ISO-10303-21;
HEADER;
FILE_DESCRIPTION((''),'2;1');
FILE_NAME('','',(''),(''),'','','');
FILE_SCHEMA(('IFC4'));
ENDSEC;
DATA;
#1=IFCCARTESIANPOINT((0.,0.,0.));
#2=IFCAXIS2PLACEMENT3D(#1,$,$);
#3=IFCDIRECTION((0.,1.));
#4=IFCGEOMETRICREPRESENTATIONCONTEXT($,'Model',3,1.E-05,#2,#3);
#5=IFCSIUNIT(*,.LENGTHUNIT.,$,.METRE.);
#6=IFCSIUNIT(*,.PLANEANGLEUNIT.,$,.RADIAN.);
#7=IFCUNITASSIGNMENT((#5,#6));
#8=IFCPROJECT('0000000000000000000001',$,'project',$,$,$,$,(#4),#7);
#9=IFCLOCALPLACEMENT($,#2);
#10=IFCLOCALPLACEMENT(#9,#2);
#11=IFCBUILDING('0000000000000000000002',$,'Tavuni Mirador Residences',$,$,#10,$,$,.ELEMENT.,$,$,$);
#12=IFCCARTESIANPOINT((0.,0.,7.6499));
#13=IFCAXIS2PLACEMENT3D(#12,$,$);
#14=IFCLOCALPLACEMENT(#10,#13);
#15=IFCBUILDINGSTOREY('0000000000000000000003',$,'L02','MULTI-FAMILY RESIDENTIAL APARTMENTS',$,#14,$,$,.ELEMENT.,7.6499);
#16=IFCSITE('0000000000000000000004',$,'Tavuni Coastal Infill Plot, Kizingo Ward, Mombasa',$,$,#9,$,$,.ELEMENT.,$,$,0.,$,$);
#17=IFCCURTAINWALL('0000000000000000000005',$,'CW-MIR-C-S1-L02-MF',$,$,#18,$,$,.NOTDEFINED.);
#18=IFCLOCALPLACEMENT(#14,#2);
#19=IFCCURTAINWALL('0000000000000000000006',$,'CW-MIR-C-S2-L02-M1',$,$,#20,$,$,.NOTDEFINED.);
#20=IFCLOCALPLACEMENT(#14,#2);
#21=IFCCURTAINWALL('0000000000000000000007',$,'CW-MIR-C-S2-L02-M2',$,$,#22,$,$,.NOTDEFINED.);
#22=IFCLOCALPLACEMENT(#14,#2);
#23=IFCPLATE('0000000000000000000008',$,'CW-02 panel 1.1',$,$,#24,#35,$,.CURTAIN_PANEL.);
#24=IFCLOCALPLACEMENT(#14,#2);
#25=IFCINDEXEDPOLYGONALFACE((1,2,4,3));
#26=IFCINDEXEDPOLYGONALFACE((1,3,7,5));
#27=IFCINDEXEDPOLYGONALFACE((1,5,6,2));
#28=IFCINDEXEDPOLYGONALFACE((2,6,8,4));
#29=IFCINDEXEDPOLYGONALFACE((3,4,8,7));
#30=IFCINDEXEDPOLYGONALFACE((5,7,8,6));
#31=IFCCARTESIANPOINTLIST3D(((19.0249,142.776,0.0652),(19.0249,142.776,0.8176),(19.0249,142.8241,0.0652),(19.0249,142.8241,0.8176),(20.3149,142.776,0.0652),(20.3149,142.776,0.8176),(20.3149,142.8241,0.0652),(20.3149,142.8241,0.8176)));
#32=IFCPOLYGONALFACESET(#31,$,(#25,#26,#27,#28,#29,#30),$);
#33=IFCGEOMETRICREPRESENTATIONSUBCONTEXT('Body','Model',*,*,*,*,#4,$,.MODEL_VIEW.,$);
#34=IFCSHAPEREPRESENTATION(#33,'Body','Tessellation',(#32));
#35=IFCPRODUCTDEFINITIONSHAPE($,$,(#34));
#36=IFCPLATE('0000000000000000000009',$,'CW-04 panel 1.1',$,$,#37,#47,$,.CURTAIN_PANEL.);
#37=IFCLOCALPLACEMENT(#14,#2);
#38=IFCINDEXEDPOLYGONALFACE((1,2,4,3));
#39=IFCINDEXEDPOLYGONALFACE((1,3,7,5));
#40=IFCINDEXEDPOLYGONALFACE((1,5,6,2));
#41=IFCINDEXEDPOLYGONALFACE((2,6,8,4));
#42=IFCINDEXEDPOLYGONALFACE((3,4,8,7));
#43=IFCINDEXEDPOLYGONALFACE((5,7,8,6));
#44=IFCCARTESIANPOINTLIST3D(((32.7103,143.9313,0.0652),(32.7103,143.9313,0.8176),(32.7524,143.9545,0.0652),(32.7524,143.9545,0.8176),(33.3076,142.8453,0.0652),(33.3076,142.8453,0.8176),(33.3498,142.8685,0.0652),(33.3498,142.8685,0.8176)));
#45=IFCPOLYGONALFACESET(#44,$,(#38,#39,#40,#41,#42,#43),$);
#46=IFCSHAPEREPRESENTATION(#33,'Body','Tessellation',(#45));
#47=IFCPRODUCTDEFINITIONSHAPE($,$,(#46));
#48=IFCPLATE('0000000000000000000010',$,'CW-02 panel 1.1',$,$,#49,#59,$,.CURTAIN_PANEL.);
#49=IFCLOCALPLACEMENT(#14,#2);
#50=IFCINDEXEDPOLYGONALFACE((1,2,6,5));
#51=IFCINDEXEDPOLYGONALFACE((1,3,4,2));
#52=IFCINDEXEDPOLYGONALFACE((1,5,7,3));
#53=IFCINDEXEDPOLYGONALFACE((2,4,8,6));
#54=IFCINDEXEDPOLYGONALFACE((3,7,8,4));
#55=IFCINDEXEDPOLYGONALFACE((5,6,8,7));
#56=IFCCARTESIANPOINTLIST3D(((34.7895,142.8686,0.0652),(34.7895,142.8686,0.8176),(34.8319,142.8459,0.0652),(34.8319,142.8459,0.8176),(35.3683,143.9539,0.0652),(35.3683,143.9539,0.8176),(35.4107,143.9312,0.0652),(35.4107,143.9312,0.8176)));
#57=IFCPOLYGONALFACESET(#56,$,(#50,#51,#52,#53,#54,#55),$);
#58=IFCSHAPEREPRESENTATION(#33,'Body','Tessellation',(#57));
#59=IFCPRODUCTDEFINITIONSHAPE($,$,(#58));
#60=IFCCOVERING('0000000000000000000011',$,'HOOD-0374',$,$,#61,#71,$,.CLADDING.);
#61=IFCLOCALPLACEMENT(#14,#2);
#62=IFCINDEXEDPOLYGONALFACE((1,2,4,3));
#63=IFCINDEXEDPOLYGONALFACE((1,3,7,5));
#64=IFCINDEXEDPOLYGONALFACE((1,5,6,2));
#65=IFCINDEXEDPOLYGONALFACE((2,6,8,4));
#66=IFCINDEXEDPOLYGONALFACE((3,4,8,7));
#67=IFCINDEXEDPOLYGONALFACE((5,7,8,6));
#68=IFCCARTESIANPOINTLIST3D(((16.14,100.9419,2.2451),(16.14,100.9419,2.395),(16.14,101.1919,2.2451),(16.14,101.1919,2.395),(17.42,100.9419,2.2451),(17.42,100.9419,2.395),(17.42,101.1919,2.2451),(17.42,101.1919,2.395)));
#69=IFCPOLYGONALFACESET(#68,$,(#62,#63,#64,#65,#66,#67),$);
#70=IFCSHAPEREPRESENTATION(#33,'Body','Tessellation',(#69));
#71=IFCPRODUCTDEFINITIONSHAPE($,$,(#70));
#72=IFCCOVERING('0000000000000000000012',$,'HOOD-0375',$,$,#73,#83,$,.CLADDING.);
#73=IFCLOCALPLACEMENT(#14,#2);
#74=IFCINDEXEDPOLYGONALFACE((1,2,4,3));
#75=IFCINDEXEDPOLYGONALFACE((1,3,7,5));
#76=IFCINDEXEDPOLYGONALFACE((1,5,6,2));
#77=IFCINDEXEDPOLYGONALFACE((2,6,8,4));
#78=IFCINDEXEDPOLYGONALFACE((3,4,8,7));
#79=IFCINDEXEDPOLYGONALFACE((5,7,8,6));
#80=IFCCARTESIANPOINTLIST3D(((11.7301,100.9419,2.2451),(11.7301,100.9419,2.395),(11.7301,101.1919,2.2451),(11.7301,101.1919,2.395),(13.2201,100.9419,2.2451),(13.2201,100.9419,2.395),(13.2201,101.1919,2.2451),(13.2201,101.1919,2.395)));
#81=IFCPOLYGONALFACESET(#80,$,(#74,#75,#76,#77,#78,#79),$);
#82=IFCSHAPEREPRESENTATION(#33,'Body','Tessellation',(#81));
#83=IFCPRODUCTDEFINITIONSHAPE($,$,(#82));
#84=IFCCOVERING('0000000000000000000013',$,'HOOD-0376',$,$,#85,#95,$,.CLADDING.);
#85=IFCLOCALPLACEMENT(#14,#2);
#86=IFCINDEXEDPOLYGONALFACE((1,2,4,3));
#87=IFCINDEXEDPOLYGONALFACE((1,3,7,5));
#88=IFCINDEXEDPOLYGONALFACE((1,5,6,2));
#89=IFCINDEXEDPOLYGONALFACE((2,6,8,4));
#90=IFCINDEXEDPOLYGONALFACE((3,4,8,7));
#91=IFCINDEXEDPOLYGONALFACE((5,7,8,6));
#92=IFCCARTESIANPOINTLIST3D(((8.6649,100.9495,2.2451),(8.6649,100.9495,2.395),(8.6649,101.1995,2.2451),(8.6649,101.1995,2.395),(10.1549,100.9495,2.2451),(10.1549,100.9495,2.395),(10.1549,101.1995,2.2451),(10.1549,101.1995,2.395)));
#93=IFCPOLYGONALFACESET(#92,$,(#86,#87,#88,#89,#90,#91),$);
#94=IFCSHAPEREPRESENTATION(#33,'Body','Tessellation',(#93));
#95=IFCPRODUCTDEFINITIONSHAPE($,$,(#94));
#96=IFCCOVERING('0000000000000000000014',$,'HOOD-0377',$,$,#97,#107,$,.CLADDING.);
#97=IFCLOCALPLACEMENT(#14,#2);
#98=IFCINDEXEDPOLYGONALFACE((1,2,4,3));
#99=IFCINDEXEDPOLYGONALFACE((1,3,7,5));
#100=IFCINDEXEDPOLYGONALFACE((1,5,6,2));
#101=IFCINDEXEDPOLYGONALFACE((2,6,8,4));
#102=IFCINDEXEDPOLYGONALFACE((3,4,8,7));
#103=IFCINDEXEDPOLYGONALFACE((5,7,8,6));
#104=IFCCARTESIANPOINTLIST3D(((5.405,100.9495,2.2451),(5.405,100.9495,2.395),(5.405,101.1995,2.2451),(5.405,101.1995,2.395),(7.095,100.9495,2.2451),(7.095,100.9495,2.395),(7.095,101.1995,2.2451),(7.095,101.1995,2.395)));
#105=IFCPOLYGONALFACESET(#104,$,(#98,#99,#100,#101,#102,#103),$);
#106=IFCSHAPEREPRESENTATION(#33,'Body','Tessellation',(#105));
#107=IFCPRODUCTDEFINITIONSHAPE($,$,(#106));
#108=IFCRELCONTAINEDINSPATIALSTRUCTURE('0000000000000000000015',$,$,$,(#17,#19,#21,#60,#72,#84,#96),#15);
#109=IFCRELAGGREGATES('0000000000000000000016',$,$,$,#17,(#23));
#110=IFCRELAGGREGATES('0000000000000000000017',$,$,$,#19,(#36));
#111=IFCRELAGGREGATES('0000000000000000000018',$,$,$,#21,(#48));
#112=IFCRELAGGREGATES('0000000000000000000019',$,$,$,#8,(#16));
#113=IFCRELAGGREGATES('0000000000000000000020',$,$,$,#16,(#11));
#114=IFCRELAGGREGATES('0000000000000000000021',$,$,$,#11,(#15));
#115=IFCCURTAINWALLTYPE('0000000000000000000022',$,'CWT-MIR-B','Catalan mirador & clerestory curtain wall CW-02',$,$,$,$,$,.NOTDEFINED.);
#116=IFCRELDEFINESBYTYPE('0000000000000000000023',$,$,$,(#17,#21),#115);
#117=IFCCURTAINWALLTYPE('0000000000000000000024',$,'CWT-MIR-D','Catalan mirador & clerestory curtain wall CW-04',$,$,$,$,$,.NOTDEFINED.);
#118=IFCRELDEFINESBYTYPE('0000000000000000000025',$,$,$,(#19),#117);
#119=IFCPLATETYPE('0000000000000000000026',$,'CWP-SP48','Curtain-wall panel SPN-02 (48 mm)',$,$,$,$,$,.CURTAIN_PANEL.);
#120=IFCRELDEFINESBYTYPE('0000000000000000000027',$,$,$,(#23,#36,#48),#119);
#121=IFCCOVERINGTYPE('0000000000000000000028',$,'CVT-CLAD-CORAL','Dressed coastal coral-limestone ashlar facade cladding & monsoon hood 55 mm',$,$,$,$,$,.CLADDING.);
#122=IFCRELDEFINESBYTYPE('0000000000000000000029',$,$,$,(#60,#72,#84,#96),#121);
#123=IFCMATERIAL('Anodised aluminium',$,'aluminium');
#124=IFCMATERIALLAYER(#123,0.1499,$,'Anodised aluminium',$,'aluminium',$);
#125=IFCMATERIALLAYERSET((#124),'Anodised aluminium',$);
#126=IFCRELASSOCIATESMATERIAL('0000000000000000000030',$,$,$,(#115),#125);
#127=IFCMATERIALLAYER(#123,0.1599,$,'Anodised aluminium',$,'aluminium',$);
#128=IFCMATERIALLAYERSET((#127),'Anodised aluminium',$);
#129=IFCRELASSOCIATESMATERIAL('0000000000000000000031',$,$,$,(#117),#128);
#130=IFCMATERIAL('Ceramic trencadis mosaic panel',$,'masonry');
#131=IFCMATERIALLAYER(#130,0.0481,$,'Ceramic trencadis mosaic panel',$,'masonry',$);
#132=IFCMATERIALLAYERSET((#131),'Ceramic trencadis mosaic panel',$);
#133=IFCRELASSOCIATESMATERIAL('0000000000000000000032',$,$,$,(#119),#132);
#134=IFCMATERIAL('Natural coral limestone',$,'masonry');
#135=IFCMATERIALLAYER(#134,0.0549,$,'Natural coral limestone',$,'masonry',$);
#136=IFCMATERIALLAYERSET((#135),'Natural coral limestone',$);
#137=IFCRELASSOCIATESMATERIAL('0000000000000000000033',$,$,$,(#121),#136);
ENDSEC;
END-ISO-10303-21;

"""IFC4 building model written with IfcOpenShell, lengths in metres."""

from ifc_helpers import new_model, si_unit, direction, frame, origin, origin_2d, place, context, subcontext, project, spatial, rectangle, extrude, material, layer, layer_set, type_object, element, aggregate, save


model = new_model("IFC4")

# Units and contexts
model_context = context("Model", 3, precision=1e-05, world=origin(), true_north=direction((0.0, 1.0)))
body_context = subcontext(model_context, "Body", "Model", "MODEL_VIEW")
ifc_project = project(units=[si_unit("LENGTHUNIT", "METRE"), si_unit("PLANEANGLEUNIT", "RADIAN")], contexts=[model_context])

# Site, building, storey
site_placement = place(None, origin())
site = spatial("IfcSite", under=ifc_project, at=site_placement, Name="Tavuni Coastal Infill Plot, Kizingo Ward, Mombasa", CompositionType="ELEMENT", RefElevation=0.0)
building_placement = place(site_placement, origin())
building = spatial("IfcBuilding", under=site, at=building_placement, Name="Tavuni Mirador Residences", CompositionType="ELEMENT")
storey_placement = place(building_placement, frame((0.0, 0.0, 7.6499)))
storey = spatial("IfcBuildingStorey", under=building, at=storey_placement, Name="L02", Description="MULTI-FAMILY RESIDENTIAL APARTMENTS", CompositionType="ELEMENT", Elevation=7.6499)

# Shared definitions
ifc_material_1 = material(Name="Anodised aluminium", Category="aluminium")

# Curtain wall
ifc_layer_1 = layer(ifc_material_1, 0.1499, Name="Anodised aluminium", Category="aluminium")
ifc_layer_set_1 = layer_set([ifc_layer_1], Name="Anodised aluminium")
curtain_wall_type_1 = type_object("IfcCurtainWallType", Name="CWT-MIR-B", Description="Catalan mirador & clerestory curtain wall CW-02", PredefinedType="NOTDEFINED", material=ifc_layer_set_1)
curtain_wall_1_placement = place(storey_placement, origin())
curtain_wall_1 = element("IfcCurtainWall", 1, at=curtain_wall_1_placement, inside=storey, type_object=curtain_wall_type_1, Name="CW-MIR-C-S1-L02-MF", PredefinedType="NOTDEFINED")

# Curtain walls
ifc_layer_2 = layer(ifc_material_1, 0.1599, Name="Anodised aluminium", Category="aluminium")
ifc_layer_set_2 = layer_set([ifc_layer_2], Name="Anodised aluminium")
curtain_wall_type_2 = type_object("IfcCurtainWallType", Name="CWT-MIR-D", Description="Catalan mirador & clerestory curtain wall CW-04", PredefinedType="NOTDEFINED", material=ifc_layer_set_2)
curtain_wall_2_placement = place(storey_placement, origin())
curtain_wall_2 = element("IfcCurtainWall", 2, at=curtain_wall_2_placement, inside=storey, type_object=curtain_wall_type_2, Name="CW-MIR-C-S2-L02-M1", PredefinedType="NOTDEFINED")
curtain_wall_3_placement = place(storey_placement, origin())
curtain_wall_3 = element("IfcCurtainWall", 3, at=curtain_wall_3_placement, inside=storey, type_object=curtain_wall_type_1, Name="CW-MIR-C-S2-L02-M2", PredefinedType="NOTDEFINED")

# Plates
ifc_material_2 = material(Name="Ceramic trencadis mosaic panel", Category="masonry")
ifc_layer_3 = layer(ifc_material_2, 0.0481, Name="Ceramic trencadis mosaic panel", Category="masonry")
ifc_layer_set_3 = layer_set([ifc_layer_3], Name="Ceramic trencadis mosaic panel")
plate_type_1 = type_object("IfcPlateType", Name="CWP-SP48", Description="Curtain-wall panel SPN-02 (48 mm)", PredefinedType="CURTAIN_PANEL", material=ifc_layer_set_3)
plate_1_placement = place(storey_placement, frame((19.6699, 142.8, 0.0652), z_axis=(0.0, 0.0, 1.0), x_axis=(1.0, 0.0, 0.0)))
plate_1 = element("IfcPlate", 4, at=plate_1_placement, type_object=plate_type_1, Name="CW-02 panel 1.1", PredefinedType="CURTAIN_PANEL", context=body_context, shape_type="SweptSolid", body=[
    extrude(rectangle(XDim=1.29, YDim=0.0481, at=origin_2d()), origin(), (0.0, 0.0, 1.0), 0.7524),
])
aggregate(curtain_wall_1, [plate_1])
plate_2_placement = place(storey_placement, frame((33.03, 143.3999, 0.0652), z_axis=(0.0, 0.0, 1.0), x_axis=(0.481919, -0.876216, 0.0)))
plate_2 = element("IfcPlate", 5, at=plate_2_placement, type_object=plate_type_1, Name="CW-04 panel 1.1", PredefinedType="CURTAIN_PANEL", context=body_context, shape_type="SweptSolid", body=[
    extrude(rectangle(XDim=1.2395, YDim=0.0481, at=origin_2d()), origin(), (0.0, 0.0, 1.0), 0.7524),
])
aggregate(curtain_wall_2, [plate_2])
plate_3_placement = place(storey_placement, frame((35.1001, 143.3999, 0.0652), z_axis=(0.0, 0.0, 1.0), x_axis=(0.470588, 0.882353, 0.0)))
plate_3 = element("IfcPlate", 6, at=plate_3_placement, type_object=plate_type_1, Name="CW-02 panel 1.1", PredefinedType="CURTAIN_PANEL", context=body_context, shape_type="SweptSolid", body=[
    extrude(rectangle(XDim=1.23, YDim=0.0481, at=origin_2d()), origin(), (0.0, 0.0, 1.0), 0.7524),
])
aggregate(curtain_wall_3, [plate_3])

# Coverings
ifc_material_3 = material(Name="Natural coral limestone", Category="masonry")
ifc_layer_4 = layer(ifc_material_3, 0.0549, Name="Natural coral limestone", Category="masonry")
ifc_layer_set_4 = layer_set([ifc_layer_4], Name="Natural coral limestone")
covering_type = type_object("IfcCoveringType", Name="CVT-CLAD-CORAL", Description="Dressed coastal coral-limestone ashlar facade cladding & monsoon hood 55 mm", PredefinedType="CLADDING", material=ifc_layer_set_4)
covering_1_placement = place(storey_placement, frame((16.78, 101.0669, 2.2451), z_axis=(0.0, 0.0, 1.0), x_axis=(-1.0, 0.0, 0.0)))
element("IfcCovering", 7, at=covering_1_placement, inside=storey, type_object=covering_type, Name="HOOD-0374", PredefinedType="CLADDING", context=body_context, shape_type="SweptSolid", body=[
    extrude(rectangle(XDim=1.28, YDim=0.25, at=origin_2d()), origin(), (0.0, 0.0, 1.0), 0.1499),
])
for number, where, z_axis, x_axis, name in (
    (8, (12.4751, 101.0669, 2.2451), (0.0, 0.0, 1.0), (-1.0, 0.0, 0.0), "HOOD-0375"),
    (9, (9.4099, 101.0745, 2.2451), (0.0, 0.0, 1.0), (-1.0, 0.0, 0.0), "HOOD-0376"),
):
    element("IfcCovering", number, at=place(storey_placement, frame(where, z_axis=z_axis, x_axis=x_axis)), inside=storey, type_object=covering_type, Name=name, PredefinedType="CLADDING", context=body_context, shape_type="SweptSolid", body=[
        extrude(rectangle(XDim=1.49, YDim=0.25, at=origin_2d()), origin(), (0.0, 0.0, 1.0), 0.1499),
    ])
covering_2_placement = place(storey_placement, frame((6.25, 101.0745, 2.2451), z_axis=(0.0, 0.0, 1.0), x_axis=(-1.0, 0.0, 0.0)))
element("IfcCovering", 10, at=covering_2_placement, inside=storey, type_object=covering_type, Name="HOOD-0377", PredefinedType="CLADDING", context=body_context, shape_type="SweptSolid", body=[
    extrude(rectangle(XDim=1.6899, YDim=0.25, at=origin_2d()), origin(), (0.0, 0.0, 1.0), 0.1499),
])

save(model, "model.ifc")
